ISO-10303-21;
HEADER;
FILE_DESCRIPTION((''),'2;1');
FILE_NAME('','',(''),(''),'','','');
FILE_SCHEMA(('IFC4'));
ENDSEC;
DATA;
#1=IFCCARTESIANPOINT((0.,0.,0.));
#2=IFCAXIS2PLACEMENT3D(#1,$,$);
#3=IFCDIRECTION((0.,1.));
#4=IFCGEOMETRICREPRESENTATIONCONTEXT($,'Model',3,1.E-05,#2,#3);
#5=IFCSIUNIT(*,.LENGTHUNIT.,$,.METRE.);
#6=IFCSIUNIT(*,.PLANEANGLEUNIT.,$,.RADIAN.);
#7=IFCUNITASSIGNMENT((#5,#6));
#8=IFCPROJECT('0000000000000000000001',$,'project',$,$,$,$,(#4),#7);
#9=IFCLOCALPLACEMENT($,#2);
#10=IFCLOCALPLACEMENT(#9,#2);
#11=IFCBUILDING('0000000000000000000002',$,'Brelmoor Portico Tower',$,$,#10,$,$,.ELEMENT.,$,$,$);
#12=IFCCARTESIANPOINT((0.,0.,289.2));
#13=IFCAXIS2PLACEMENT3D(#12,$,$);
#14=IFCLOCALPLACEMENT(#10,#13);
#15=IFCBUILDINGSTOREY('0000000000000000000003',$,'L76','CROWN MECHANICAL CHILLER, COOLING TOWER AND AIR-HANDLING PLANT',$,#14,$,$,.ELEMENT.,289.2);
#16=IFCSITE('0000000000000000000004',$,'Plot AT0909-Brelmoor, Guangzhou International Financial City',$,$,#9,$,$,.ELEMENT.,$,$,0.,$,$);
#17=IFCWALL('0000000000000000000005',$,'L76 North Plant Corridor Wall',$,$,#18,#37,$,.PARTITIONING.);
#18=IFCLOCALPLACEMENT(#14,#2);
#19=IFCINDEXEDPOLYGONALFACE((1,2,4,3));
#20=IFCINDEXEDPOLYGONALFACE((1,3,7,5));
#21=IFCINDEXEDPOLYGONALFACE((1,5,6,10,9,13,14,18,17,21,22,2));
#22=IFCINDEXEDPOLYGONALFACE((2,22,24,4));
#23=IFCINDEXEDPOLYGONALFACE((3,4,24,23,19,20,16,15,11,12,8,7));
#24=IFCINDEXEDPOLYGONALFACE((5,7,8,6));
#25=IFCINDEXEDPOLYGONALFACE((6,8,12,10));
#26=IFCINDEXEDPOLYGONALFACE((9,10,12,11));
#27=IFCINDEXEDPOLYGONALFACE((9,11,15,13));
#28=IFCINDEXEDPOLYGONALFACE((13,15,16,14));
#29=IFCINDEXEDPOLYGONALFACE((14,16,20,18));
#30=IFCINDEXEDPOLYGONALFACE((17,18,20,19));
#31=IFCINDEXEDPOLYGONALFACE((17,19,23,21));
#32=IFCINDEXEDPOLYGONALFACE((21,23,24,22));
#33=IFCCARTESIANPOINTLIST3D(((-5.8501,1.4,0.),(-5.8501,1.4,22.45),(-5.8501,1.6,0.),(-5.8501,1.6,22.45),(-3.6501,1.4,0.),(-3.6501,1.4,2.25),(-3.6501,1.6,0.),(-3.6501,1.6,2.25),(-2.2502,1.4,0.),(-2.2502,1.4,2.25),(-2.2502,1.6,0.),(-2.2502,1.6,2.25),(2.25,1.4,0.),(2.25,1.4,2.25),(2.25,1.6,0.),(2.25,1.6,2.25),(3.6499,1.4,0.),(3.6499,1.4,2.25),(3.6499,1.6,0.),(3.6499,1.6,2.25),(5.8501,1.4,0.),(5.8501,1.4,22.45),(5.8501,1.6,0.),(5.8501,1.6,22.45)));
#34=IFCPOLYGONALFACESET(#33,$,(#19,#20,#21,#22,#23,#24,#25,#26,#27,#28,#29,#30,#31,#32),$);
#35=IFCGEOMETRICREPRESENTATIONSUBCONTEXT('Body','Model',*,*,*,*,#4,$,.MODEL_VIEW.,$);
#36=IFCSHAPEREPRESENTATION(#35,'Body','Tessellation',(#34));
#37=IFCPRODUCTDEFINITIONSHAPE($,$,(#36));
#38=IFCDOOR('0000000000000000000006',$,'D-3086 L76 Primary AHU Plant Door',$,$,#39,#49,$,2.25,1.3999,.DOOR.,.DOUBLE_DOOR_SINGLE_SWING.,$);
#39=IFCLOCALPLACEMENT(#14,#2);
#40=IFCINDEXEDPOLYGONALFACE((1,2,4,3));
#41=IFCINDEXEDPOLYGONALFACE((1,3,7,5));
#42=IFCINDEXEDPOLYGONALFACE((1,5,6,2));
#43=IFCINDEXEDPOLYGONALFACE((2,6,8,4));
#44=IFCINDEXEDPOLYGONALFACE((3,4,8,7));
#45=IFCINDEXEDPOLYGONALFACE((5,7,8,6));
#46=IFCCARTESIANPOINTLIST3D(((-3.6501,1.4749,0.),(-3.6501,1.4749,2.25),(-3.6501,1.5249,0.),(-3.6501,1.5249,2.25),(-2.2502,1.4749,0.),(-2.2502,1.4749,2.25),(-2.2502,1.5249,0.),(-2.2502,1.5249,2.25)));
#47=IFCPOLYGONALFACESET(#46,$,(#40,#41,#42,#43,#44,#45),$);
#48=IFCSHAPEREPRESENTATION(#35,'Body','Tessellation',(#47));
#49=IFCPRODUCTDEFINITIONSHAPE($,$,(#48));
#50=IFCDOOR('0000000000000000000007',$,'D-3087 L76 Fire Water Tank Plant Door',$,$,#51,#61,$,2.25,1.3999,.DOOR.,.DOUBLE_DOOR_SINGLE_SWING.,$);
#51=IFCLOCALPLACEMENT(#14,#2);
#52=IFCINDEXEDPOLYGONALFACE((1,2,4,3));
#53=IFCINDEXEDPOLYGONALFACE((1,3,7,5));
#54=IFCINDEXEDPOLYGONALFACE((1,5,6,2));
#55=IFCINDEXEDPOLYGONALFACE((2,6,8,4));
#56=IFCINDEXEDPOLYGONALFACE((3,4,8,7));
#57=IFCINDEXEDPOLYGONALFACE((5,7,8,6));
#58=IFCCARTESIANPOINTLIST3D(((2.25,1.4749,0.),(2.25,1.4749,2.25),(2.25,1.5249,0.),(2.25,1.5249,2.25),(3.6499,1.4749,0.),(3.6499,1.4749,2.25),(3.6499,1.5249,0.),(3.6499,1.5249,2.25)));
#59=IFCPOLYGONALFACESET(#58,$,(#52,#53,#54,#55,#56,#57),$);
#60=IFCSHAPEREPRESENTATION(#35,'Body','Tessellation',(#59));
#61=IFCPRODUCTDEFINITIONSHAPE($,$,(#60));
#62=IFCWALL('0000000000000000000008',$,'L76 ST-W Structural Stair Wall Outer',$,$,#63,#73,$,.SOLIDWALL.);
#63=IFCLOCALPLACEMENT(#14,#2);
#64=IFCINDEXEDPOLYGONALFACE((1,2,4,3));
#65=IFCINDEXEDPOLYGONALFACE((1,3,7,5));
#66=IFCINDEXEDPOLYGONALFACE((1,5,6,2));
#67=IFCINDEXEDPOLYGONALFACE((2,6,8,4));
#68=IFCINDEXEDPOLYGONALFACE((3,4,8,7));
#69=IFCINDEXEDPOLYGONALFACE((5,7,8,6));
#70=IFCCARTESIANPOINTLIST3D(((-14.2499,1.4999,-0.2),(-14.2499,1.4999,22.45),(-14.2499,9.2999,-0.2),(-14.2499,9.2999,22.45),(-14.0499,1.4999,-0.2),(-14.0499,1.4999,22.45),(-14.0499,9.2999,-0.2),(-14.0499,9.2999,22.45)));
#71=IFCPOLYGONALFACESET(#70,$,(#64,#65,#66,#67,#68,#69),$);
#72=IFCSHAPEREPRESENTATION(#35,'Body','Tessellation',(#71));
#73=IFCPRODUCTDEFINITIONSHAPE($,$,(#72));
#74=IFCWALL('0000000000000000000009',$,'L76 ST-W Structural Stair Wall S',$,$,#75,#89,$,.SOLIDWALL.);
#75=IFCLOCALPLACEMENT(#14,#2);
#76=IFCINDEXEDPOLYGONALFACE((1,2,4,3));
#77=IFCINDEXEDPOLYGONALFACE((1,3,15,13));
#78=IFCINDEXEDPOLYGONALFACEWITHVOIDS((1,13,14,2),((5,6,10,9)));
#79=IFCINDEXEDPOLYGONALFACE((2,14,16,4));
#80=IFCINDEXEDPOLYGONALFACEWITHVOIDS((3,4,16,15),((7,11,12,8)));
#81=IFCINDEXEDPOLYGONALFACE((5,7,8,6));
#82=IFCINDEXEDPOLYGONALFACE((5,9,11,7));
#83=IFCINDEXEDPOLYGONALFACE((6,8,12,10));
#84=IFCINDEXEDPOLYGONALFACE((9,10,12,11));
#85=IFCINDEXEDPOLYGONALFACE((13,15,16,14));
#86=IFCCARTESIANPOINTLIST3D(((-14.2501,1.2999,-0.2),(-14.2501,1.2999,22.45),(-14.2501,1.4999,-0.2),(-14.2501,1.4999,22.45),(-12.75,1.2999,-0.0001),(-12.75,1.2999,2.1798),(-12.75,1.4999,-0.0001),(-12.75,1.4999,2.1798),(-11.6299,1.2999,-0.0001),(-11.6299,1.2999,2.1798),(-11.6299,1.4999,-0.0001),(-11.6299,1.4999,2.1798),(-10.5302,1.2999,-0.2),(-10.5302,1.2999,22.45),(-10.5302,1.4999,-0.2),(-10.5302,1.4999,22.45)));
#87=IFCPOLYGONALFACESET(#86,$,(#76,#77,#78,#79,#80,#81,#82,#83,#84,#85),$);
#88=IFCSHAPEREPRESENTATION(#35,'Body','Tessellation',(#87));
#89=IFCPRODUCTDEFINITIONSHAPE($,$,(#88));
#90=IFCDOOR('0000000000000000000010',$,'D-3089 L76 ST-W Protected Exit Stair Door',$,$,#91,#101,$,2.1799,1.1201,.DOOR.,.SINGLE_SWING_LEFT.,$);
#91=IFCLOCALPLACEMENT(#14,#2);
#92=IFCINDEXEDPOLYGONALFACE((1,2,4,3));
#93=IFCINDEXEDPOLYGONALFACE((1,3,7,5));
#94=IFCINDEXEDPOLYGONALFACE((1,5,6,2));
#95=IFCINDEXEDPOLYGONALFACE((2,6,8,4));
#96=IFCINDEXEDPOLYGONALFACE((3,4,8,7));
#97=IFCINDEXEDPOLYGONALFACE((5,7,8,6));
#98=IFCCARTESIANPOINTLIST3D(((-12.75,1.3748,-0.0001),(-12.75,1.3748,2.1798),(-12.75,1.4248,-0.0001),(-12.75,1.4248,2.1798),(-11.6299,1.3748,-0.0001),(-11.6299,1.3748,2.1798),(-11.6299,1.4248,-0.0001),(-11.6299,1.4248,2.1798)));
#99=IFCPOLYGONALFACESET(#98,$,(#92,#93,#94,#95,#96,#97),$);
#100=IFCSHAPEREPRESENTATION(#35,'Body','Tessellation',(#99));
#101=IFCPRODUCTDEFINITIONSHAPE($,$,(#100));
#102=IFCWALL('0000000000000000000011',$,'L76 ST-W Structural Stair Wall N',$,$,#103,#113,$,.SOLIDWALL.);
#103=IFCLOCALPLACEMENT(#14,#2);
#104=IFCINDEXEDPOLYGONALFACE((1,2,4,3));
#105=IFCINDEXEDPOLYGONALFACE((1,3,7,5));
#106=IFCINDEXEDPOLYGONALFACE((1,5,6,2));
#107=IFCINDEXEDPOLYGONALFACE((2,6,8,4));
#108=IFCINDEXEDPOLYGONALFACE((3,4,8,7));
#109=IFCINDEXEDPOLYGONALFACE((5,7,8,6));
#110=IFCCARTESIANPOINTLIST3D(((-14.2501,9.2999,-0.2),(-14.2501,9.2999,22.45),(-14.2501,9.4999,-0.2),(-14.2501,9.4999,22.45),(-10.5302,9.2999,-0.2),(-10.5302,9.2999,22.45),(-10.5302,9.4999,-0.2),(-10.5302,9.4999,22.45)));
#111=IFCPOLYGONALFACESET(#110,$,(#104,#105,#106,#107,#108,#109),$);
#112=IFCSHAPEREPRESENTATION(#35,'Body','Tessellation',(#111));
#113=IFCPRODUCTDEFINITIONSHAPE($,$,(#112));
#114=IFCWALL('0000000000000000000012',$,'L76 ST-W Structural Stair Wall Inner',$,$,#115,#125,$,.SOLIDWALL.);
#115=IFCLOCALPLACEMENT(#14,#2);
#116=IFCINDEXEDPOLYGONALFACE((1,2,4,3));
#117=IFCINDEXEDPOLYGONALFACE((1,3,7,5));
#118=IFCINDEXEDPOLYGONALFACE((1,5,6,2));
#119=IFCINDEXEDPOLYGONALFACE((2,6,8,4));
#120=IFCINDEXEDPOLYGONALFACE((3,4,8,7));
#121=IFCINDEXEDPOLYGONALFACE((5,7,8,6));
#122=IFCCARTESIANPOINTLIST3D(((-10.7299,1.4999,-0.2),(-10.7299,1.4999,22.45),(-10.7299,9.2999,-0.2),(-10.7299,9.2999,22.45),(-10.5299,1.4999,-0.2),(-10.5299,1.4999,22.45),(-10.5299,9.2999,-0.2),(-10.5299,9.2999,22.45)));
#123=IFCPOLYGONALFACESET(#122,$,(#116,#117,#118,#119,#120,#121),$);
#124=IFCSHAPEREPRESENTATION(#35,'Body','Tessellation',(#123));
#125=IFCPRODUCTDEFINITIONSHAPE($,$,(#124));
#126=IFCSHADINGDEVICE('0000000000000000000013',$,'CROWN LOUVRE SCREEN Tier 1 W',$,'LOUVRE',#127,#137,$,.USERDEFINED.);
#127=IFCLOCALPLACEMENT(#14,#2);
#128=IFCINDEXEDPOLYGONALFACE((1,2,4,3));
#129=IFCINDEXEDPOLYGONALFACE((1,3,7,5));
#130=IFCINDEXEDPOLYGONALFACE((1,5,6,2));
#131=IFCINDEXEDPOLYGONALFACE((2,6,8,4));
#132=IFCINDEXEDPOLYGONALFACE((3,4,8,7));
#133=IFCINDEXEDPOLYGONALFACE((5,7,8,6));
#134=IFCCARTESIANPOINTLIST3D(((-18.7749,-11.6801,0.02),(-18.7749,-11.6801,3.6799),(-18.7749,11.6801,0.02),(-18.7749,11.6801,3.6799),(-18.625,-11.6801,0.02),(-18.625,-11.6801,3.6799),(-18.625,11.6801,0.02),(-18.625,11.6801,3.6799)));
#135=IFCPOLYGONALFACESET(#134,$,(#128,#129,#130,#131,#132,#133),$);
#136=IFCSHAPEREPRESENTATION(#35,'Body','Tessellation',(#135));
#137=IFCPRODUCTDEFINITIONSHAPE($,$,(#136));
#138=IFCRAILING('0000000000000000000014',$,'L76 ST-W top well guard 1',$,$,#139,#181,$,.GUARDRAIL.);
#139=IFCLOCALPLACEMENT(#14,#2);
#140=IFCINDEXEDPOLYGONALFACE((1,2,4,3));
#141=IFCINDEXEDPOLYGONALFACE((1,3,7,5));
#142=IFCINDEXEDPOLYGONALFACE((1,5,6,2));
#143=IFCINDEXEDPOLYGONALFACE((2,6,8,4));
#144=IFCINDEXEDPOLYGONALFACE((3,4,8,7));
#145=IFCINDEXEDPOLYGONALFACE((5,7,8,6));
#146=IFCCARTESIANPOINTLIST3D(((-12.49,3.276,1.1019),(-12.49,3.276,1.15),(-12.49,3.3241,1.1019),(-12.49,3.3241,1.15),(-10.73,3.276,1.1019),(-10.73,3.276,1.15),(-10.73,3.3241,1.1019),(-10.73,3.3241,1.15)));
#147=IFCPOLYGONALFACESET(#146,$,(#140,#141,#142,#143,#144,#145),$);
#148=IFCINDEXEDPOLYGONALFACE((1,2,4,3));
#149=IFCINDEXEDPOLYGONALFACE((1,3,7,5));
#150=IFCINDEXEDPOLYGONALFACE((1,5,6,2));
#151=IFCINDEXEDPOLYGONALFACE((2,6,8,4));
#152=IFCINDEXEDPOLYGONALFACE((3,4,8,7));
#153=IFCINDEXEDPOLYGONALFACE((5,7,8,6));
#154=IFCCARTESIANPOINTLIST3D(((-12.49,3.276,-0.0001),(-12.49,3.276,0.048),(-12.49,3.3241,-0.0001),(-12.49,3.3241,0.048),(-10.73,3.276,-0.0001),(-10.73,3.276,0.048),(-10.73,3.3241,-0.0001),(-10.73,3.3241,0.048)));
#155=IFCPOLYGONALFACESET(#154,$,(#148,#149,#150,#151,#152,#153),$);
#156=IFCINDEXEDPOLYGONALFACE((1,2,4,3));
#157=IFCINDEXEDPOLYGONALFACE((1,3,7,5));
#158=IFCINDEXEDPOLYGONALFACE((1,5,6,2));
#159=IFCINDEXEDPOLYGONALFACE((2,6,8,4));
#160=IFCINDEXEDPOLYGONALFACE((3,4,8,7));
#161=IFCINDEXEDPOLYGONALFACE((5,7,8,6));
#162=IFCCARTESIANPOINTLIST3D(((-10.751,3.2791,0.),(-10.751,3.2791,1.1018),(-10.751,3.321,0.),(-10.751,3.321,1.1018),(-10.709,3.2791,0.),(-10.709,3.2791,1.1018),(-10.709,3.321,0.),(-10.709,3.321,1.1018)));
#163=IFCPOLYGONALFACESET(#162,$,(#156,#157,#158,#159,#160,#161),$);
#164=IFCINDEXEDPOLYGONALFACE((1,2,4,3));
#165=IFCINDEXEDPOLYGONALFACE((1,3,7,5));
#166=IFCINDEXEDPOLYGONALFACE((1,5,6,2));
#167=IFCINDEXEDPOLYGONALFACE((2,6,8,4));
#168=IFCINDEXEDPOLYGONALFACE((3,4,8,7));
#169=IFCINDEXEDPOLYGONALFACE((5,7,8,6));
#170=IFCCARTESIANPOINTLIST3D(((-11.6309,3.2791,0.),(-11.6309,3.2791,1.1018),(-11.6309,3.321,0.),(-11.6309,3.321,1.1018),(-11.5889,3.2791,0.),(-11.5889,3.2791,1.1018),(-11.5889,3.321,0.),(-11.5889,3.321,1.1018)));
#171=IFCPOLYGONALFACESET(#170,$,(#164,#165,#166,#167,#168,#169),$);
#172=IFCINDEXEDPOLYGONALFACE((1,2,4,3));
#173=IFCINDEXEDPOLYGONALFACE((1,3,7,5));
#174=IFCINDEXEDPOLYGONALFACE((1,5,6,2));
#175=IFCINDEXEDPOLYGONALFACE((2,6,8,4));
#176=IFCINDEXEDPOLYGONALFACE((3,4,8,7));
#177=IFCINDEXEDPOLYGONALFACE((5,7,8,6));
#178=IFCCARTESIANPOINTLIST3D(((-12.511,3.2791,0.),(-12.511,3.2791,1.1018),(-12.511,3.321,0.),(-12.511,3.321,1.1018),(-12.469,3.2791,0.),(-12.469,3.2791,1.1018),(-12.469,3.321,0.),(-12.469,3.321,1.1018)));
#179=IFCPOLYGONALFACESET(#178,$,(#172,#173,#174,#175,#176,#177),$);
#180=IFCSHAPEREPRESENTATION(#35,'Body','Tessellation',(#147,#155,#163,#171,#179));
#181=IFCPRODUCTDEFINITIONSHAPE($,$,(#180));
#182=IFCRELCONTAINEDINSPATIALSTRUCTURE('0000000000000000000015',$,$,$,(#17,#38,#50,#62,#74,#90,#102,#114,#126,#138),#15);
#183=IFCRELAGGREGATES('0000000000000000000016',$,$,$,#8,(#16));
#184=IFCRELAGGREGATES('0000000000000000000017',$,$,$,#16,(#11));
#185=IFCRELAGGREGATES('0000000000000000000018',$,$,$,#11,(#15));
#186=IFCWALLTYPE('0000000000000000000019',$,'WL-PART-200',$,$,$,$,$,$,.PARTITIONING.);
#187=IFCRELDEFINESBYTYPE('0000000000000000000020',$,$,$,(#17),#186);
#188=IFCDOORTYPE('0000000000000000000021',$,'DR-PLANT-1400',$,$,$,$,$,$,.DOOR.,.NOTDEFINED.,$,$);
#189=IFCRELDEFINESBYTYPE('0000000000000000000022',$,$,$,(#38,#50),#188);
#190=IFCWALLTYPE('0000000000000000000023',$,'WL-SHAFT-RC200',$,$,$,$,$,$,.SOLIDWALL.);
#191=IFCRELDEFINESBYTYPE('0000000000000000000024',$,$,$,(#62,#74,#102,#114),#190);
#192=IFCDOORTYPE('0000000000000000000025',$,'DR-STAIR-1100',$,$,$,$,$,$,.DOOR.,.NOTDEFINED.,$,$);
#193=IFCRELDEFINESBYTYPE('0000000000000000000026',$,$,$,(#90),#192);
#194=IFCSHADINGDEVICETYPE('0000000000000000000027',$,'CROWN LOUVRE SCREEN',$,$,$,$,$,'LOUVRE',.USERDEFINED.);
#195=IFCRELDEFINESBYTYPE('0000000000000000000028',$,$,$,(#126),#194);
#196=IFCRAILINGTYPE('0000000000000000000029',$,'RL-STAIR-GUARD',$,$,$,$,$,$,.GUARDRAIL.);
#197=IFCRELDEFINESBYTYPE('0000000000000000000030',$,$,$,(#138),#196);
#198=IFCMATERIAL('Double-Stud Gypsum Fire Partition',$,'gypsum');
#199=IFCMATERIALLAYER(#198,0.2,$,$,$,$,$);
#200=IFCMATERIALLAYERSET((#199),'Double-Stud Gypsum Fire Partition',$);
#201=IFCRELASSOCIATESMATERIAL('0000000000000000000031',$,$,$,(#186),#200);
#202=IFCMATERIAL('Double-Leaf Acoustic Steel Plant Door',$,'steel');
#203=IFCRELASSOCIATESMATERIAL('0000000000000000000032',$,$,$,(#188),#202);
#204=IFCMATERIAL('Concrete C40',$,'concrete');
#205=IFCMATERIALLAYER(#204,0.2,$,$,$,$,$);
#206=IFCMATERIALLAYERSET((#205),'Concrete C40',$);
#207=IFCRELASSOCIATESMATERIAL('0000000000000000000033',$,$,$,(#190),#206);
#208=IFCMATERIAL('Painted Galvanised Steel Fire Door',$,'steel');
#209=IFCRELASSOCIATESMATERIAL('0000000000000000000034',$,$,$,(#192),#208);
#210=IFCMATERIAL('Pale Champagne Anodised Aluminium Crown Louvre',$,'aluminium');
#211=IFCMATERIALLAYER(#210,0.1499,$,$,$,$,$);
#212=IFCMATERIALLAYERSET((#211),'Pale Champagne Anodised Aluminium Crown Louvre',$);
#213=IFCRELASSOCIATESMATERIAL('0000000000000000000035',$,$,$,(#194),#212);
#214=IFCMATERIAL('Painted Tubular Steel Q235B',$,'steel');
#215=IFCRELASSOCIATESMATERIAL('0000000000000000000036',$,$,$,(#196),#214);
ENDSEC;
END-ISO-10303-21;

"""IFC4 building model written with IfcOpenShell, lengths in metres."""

from ifc_helpers import new_model, si_unit, direction, frame, frame_2d, origin, origin_2d, place, context, subcontext, project, spatial, rectangle, extrude, material, layer, layer_set, type_object, element, fill, save


model = new_model("IFC4")

# Units and contexts
model_context = context("Model", 3, precision=1e-05, world=origin(), true_north=direction((0.0, 1.0)))
body_context = subcontext(model_context, "Body", "Model", "MODEL_VIEW")
ifc_project = project(units=[si_unit("LENGTHUNIT", "METRE"), si_unit("PLANEANGLEUNIT", "RADIAN")], contexts=[model_context])

# Site, building, storey
site_placement = place(None, origin())
site = spatial("IfcSite", under=ifc_project, at=site_placement, Name="Plot AT0909-Brelmoor, Guangzhou International Financial City", CompositionType="ELEMENT", RefElevation=0.0)
building_placement = place(site_placement, origin())
building = spatial("IfcBuilding", under=site, at=building_placement, Name="Brelmoor Portico Tower", CompositionType="ELEMENT")
storey_placement = place(building_placement, frame((0.0, 0.0, 289.2)))
storey = spatial("IfcBuildingStorey", under=building, at=storey_placement, Name="L76", Description="CROWN MECHANICAL CHILLER, COOLING TOWER AND AIR-HANDLING PLANT", CompositionType="ELEMENT", Elevation=289.2)

# Shared definitions
ifc_material_1 = material(Name="Concrete C40", Category="concrete")

# Shared definitions
ifc_material_2 = material(Name="Double-Stud Gypsum Fire Partition", Category="gypsum")
ifc_layer_1 = layer(ifc_material_2, 0.2)
ifc_layer_set_1 = layer_set([ifc_layer_1], Name="Double-Stud Gypsum Fire Partition")
wall_type_1 = type_object("IfcWallType", Name="WL-PART-200", PredefinedType="PARTITIONING", material=ifc_layer_set_1)

# Wall, openings, doors
ifc_material_3 = material(Name="Double-Leaf Acoustic Steel Plant Door", Category="steel")
door_type_1 = type_object("IfcDoorType", Name="DR-PLANT-1400", OperationType="NOTDEFINED", PredefinedType="DOOR", material=ifc_material_3)
wall_1_placement = place(storey_placement, frame((-5.8501, 1.5, 0.0), z_axis=(0.0, 0.0, 1.0), x_axis=(1.0, 0.0, 0.0)))
wall_1 = element("IfcWall", 1, at=wall_1_placement, inside=storey, type_object=wall_type_1, Name="L76 North Plant Corridor Wall", PredefinedType="PARTITIONING", context=body_context, shape_type="SweptSolid", body=[
    extrude(rectangle(XDim=11.7002, YDim=0.2, at=frame_2d((5.8501, 0.0))), origin(), (0.0, 0.0, 1.0), 22.45),
])
opening_1_placement = place(wall_1_placement, frame((2.2, 0.0, 0.0)))
opening_1 = element("IfcOpeningElement", 2, at=opening_1_placement, cuts=wall_1, PredefinedType="OPENING", context=body_context, shape_type="SweptSolid", body=[
    extrude(rectangle(XDim=1.3999, YDim=2.25, at=frame_2d((0.7, 1.125))), frame((0.0, 0.1099, 0.0), z_axis=(0.0, -1.0, 0.0), x_axis=(1.0, 0.0, 0.0)), (0.0, 0.0, 1.0), 0.22),
])
opening_2_placement = place(wall_1_placement, frame((8.1001, 0.0, 0.0)))
opening_2 = element("IfcOpeningElement", 3, at=opening_2_placement, cuts=wall_1, PredefinedType="OPENING", context=body_context, shape_type="SweptSolid", body=[
    extrude(rectangle(XDim=1.3999, YDim=2.25, at=frame_2d((0.7, 1.125))), frame((0.0, 0.1099, 0.0), z_axis=(0.0, -1.0, 0.0), x_axis=(1.0, 0.0, 0.0)), (0.0, 0.0, 1.0), 0.22),
])
door_1_placement = place(opening_1_placement, origin())
door_1 = element("IfcDoor", 4, at=door_1_placement, inside=storey, type_object=door_type_1, Name="D-3086 L76 Primary AHU Plant Door", OperationType="DOUBLE_DOOR_SINGLE_SWING", OverallHeight=2.25, OverallWidth=1.3999, PredefinedType="DOOR", context=body_context, shape_type="SweptSolid", body=[
    extrude(rectangle(XDim=1.3999, YDim=2.25, at=frame_2d((0.7, 1.125))), frame((0.0, 0.0249, 0.0), z_axis=(0.0, -1.0, 0.0), x_axis=(1.0, 0.0, 0.0)), (0.0, 0.0, 1.0), 0.05),
])
fill(opening_1, door_1)
door_2_placement = place(opening_2_placement, origin())
door_2 = element("IfcDoor", 5, at=door_2_placement, inside=storey, type_object=door_type_1, Name="D-3087 L76 Fire Water Tank Plant Door", OperationType="DOUBLE_DOOR_SINGLE_SWING", OverallHeight=2.25, OverallWidth=1.3999, PredefinedType="DOOR", context=body_context, shape_type="SweptSolid", body=[
    extrude(rectangle(XDim=1.3999, YDim=2.25, at=frame_2d((0.7, 1.125))), frame((0.0, 0.0249, 0.0), z_axis=(0.0, -1.0, 0.0), x_axis=(1.0, 0.0, 0.0)), (0.0, 0.0, 1.0), 0.05),
])
fill(opening_2, door_2)

# Wall
ifc_layer_2 = layer(ifc_material_1, 0.2)
ifc_layer_set_2 = layer_set([ifc_layer_2], Name="Concrete C40")
wall_type_2 = type_object("IfcWallType", Name="WL-SHAFT-RC200", PredefinedType="SOLIDWALL", material=ifc_layer_set_2)
wall_2_placement = place(storey_placement, frame((-14.1499, 1.5, -0.2), z_axis=(0.0, 0.0, 1.0), x_axis=(0.0, 1.0, 0.0)))
element("IfcWall", 6, at=wall_2_placement, inside=storey, type_object=wall_type_2, Name="L76 ST-W Structural Stair Wall Outer", PredefinedType="SOLIDWALL", context=body_context, shape_type="SweptSolid", body=[
    extrude(rectangle(XDim=7.8, YDim=0.2, at=frame_2d((3.8999, 0.0))), origin(), (0.0, 0.0, 1.0), 22.6499),
])

# Wall, opening, door
wall_3_placement = place(storey_placement, frame((-14.25, 1.3999, -0.2), z_axis=(0.0, 0.0, 1.0), x_axis=(1.0, 0.0, 0.0)))
wall_3 = element("IfcWall", 7, at=wall_3_placement, inside=storey, type_object=wall_type_2, Name="L76 ST-W Structural Stair Wall S", PredefinedType="SOLIDWALL", context=body_context, shape_type="SweptSolid", body=[
    extrude(rectangle(XDim=3.72, YDim=0.2, at=frame_2d((1.8599, 0.0))), origin(), (0.0, 0.0, 1.0), 22.6499),
])
opening_3_placement = place(wall_3_placement, frame((1.5, 0.0, 0.2)))
opening_3 = element("IfcOpeningElement", 8, at=opening_3_placement, cuts=wall_3, PredefinedType="OPENING", context=body_context, shape_type="SweptSolid", body=[
    extrude(rectangle(XDim=1.1201, YDim=2.1799, at=frame_2d((0.5601, 1.0898))), frame((0.0, 0.1099, 0.0), z_axis=(0.0, -1.0, 0.0), x_axis=(1.0, 0.0, 0.0)), (0.0, 0.0, 1.0), 0.22),
])
ifc_material_4 = material(Name="Painted Galvanised Steel Fire Door", Category="steel")
door_type_2 = type_object("IfcDoorType", Name="DR-STAIR-1100", OperationType="NOTDEFINED", PredefinedType="DOOR", material=ifc_material_4)
door_3_placement = place(opening_3_placement, origin())
door_3 = element("IfcDoor", 9, at=door_3_placement, inside=storey, type_object=door_type_2, Name="D-3089 L76 ST-W Protected Exit Stair Door", OperationType="SINGLE_SWING_LEFT", OverallHeight=2.1799, OverallWidth=1.1201, PredefinedType="DOOR", context=body_context, shape_type="SweptSolid", body=[
    extrude(rectangle(XDim=1.1201, YDim=2.1799, at=frame_2d((0.5601, 1.0898))), frame((0.0, 0.0249, 0.0), z_axis=(0.0, -1.0, 0.0), x_axis=(1.0, 0.0, 0.0)), (0.0, 0.0, 1.0), 0.05),
])
fill(opening_3, door_3)

# Walls
wall_4_placement = place(storey_placement, frame((-14.25, 9.3999, -0.2), z_axis=(0.0, 0.0, 1.0), x_axis=(1.0, 0.0, 0.0)))
element("IfcWall", 10, at=wall_4_placement, inside=storey, type_object=wall_type_2, Name="L76 ST-W Structural Stair Wall N", PredefinedType="SOLIDWALL", context=body_context, shape_type="SweptSolid", body=[
    extrude(rectangle(XDim=3.72, YDim=0.2, at=frame_2d((1.8599, 0.0))), origin(), (0.0, 0.0, 1.0), 22.6499),
])
wall_5_placement = place(storey_placement, frame((-10.6299, 1.5, -0.2), z_axis=(0.0, 0.0, 1.0), x_axis=(0.0, 1.0, 0.0)))
element("IfcWall", 11, at=wall_5_placement, inside=storey, type_object=wall_type_2, Name="L76 ST-W Structural Stair Wall Inner", PredefinedType="SOLIDWALL", context=body_context, shape_type="SweptSolid", body=[
    extrude(rectangle(XDim=7.8, YDim=0.2, at=frame_2d((3.8999, 0.0))), origin(), (0.0, 0.0, 1.0), 22.6499),
])

# Shading device
ifc_material_5 = material(Name="Pale Champagne Anodised Aluminium Crown Louvre", Category="aluminium")
ifc_layer_3 = layer(ifc_material_5, 0.1499)
ifc_layer_set_3 = layer_set([ifc_layer_3], Name="Pale Champagne Anodised Aluminium Crown Louvre")
shading_device_type = type_object("IfcShadingDeviceType", Name="CROWN LOUVRE SCREEN", ElementType="LOUVRE", PredefinedType="USERDEFINED", material=ifc_layer_set_3)
shading_device_placement = place(storey_placement, frame((-18.7, 0.0, 0.02), z_axis=(0.0, 0.0, 1.0), x_axis=(0.0, 1.0, 0.0)))
element("IfcShadingDevice", 12, at=shading_device_placement, inside=storey, type_object=shading_device_type, Name="CROWN LOUVRE SCREEN Tier 1 W", ObjectType="LOUVRE", PredefinedType="USERDEFINED", context=body_context, shape_type="SweptSolid", body=[
    extrude(rectangle(XDim=23.3601, YDim=0.1499, at=origin_2d()), origin(), (0.0, 0.0, 1.0), 3.6599),
])

# Railing
ifc_material_6 = material(Name="Painted Tubular Steel Q235B", Category="steel")
railing_type = type_object("IfcRailingType", Name="RL-STAIR-GUARD", PredefinedType="GUARDRAIL", material=ifc_material_6)
railing_placement = place(storey_placement, frame((-10.73, 3.3, 0.0)))
element("IfcRailing", 13, at=railing_placement, inside=storey, type_object=railing_type, Name="L76 ST-W top well guard 1", PredefinedType="GUARDRAIL", context=body_context, shape_type="SweptSolid", body=[
    extrude(rectangle(XDim=0.0481, YDim=0.0481, at=origin_2d()), frame((0.0, 0.0, 1.126), z_axis=(-1.0, 0.0, 0.0), x_axis=(0.0, -1.0, 0.0)), (0.0, 0.0, 1.0), 1.76),
    extrude(rectangle(XDim=0.0481, YDim=0.0481, at=origin_2d()), frame((0.0, 0.0, 0.0239), z_axis=(-1.0, 0.0, 0.0), x_axis=(0.0, -1.0, 0.0)), (0.0, 0.0, 1.0), 1.76),
    extrude(rectangle(XDim=0.042, YDim=0.042, at=origin_2d()), origin(), (0.0, 0.0, 1.0), 1.1018),
    extrude(rectangle(XDim=0.042, YDim=0.042, at=origin_2d()), frame((-0.8799, 0.0, 0.0)), (0.0, 0.0, 1.0), 1.1018),
    extrude(rectangle(XDim=0.042, YDim=0.042, at=origin_2d()), frame((-1.76, 0.0, 0.0)), (0.0, 0.0, 1.0), 1.1018),
])

save(model, "model.ifc")
